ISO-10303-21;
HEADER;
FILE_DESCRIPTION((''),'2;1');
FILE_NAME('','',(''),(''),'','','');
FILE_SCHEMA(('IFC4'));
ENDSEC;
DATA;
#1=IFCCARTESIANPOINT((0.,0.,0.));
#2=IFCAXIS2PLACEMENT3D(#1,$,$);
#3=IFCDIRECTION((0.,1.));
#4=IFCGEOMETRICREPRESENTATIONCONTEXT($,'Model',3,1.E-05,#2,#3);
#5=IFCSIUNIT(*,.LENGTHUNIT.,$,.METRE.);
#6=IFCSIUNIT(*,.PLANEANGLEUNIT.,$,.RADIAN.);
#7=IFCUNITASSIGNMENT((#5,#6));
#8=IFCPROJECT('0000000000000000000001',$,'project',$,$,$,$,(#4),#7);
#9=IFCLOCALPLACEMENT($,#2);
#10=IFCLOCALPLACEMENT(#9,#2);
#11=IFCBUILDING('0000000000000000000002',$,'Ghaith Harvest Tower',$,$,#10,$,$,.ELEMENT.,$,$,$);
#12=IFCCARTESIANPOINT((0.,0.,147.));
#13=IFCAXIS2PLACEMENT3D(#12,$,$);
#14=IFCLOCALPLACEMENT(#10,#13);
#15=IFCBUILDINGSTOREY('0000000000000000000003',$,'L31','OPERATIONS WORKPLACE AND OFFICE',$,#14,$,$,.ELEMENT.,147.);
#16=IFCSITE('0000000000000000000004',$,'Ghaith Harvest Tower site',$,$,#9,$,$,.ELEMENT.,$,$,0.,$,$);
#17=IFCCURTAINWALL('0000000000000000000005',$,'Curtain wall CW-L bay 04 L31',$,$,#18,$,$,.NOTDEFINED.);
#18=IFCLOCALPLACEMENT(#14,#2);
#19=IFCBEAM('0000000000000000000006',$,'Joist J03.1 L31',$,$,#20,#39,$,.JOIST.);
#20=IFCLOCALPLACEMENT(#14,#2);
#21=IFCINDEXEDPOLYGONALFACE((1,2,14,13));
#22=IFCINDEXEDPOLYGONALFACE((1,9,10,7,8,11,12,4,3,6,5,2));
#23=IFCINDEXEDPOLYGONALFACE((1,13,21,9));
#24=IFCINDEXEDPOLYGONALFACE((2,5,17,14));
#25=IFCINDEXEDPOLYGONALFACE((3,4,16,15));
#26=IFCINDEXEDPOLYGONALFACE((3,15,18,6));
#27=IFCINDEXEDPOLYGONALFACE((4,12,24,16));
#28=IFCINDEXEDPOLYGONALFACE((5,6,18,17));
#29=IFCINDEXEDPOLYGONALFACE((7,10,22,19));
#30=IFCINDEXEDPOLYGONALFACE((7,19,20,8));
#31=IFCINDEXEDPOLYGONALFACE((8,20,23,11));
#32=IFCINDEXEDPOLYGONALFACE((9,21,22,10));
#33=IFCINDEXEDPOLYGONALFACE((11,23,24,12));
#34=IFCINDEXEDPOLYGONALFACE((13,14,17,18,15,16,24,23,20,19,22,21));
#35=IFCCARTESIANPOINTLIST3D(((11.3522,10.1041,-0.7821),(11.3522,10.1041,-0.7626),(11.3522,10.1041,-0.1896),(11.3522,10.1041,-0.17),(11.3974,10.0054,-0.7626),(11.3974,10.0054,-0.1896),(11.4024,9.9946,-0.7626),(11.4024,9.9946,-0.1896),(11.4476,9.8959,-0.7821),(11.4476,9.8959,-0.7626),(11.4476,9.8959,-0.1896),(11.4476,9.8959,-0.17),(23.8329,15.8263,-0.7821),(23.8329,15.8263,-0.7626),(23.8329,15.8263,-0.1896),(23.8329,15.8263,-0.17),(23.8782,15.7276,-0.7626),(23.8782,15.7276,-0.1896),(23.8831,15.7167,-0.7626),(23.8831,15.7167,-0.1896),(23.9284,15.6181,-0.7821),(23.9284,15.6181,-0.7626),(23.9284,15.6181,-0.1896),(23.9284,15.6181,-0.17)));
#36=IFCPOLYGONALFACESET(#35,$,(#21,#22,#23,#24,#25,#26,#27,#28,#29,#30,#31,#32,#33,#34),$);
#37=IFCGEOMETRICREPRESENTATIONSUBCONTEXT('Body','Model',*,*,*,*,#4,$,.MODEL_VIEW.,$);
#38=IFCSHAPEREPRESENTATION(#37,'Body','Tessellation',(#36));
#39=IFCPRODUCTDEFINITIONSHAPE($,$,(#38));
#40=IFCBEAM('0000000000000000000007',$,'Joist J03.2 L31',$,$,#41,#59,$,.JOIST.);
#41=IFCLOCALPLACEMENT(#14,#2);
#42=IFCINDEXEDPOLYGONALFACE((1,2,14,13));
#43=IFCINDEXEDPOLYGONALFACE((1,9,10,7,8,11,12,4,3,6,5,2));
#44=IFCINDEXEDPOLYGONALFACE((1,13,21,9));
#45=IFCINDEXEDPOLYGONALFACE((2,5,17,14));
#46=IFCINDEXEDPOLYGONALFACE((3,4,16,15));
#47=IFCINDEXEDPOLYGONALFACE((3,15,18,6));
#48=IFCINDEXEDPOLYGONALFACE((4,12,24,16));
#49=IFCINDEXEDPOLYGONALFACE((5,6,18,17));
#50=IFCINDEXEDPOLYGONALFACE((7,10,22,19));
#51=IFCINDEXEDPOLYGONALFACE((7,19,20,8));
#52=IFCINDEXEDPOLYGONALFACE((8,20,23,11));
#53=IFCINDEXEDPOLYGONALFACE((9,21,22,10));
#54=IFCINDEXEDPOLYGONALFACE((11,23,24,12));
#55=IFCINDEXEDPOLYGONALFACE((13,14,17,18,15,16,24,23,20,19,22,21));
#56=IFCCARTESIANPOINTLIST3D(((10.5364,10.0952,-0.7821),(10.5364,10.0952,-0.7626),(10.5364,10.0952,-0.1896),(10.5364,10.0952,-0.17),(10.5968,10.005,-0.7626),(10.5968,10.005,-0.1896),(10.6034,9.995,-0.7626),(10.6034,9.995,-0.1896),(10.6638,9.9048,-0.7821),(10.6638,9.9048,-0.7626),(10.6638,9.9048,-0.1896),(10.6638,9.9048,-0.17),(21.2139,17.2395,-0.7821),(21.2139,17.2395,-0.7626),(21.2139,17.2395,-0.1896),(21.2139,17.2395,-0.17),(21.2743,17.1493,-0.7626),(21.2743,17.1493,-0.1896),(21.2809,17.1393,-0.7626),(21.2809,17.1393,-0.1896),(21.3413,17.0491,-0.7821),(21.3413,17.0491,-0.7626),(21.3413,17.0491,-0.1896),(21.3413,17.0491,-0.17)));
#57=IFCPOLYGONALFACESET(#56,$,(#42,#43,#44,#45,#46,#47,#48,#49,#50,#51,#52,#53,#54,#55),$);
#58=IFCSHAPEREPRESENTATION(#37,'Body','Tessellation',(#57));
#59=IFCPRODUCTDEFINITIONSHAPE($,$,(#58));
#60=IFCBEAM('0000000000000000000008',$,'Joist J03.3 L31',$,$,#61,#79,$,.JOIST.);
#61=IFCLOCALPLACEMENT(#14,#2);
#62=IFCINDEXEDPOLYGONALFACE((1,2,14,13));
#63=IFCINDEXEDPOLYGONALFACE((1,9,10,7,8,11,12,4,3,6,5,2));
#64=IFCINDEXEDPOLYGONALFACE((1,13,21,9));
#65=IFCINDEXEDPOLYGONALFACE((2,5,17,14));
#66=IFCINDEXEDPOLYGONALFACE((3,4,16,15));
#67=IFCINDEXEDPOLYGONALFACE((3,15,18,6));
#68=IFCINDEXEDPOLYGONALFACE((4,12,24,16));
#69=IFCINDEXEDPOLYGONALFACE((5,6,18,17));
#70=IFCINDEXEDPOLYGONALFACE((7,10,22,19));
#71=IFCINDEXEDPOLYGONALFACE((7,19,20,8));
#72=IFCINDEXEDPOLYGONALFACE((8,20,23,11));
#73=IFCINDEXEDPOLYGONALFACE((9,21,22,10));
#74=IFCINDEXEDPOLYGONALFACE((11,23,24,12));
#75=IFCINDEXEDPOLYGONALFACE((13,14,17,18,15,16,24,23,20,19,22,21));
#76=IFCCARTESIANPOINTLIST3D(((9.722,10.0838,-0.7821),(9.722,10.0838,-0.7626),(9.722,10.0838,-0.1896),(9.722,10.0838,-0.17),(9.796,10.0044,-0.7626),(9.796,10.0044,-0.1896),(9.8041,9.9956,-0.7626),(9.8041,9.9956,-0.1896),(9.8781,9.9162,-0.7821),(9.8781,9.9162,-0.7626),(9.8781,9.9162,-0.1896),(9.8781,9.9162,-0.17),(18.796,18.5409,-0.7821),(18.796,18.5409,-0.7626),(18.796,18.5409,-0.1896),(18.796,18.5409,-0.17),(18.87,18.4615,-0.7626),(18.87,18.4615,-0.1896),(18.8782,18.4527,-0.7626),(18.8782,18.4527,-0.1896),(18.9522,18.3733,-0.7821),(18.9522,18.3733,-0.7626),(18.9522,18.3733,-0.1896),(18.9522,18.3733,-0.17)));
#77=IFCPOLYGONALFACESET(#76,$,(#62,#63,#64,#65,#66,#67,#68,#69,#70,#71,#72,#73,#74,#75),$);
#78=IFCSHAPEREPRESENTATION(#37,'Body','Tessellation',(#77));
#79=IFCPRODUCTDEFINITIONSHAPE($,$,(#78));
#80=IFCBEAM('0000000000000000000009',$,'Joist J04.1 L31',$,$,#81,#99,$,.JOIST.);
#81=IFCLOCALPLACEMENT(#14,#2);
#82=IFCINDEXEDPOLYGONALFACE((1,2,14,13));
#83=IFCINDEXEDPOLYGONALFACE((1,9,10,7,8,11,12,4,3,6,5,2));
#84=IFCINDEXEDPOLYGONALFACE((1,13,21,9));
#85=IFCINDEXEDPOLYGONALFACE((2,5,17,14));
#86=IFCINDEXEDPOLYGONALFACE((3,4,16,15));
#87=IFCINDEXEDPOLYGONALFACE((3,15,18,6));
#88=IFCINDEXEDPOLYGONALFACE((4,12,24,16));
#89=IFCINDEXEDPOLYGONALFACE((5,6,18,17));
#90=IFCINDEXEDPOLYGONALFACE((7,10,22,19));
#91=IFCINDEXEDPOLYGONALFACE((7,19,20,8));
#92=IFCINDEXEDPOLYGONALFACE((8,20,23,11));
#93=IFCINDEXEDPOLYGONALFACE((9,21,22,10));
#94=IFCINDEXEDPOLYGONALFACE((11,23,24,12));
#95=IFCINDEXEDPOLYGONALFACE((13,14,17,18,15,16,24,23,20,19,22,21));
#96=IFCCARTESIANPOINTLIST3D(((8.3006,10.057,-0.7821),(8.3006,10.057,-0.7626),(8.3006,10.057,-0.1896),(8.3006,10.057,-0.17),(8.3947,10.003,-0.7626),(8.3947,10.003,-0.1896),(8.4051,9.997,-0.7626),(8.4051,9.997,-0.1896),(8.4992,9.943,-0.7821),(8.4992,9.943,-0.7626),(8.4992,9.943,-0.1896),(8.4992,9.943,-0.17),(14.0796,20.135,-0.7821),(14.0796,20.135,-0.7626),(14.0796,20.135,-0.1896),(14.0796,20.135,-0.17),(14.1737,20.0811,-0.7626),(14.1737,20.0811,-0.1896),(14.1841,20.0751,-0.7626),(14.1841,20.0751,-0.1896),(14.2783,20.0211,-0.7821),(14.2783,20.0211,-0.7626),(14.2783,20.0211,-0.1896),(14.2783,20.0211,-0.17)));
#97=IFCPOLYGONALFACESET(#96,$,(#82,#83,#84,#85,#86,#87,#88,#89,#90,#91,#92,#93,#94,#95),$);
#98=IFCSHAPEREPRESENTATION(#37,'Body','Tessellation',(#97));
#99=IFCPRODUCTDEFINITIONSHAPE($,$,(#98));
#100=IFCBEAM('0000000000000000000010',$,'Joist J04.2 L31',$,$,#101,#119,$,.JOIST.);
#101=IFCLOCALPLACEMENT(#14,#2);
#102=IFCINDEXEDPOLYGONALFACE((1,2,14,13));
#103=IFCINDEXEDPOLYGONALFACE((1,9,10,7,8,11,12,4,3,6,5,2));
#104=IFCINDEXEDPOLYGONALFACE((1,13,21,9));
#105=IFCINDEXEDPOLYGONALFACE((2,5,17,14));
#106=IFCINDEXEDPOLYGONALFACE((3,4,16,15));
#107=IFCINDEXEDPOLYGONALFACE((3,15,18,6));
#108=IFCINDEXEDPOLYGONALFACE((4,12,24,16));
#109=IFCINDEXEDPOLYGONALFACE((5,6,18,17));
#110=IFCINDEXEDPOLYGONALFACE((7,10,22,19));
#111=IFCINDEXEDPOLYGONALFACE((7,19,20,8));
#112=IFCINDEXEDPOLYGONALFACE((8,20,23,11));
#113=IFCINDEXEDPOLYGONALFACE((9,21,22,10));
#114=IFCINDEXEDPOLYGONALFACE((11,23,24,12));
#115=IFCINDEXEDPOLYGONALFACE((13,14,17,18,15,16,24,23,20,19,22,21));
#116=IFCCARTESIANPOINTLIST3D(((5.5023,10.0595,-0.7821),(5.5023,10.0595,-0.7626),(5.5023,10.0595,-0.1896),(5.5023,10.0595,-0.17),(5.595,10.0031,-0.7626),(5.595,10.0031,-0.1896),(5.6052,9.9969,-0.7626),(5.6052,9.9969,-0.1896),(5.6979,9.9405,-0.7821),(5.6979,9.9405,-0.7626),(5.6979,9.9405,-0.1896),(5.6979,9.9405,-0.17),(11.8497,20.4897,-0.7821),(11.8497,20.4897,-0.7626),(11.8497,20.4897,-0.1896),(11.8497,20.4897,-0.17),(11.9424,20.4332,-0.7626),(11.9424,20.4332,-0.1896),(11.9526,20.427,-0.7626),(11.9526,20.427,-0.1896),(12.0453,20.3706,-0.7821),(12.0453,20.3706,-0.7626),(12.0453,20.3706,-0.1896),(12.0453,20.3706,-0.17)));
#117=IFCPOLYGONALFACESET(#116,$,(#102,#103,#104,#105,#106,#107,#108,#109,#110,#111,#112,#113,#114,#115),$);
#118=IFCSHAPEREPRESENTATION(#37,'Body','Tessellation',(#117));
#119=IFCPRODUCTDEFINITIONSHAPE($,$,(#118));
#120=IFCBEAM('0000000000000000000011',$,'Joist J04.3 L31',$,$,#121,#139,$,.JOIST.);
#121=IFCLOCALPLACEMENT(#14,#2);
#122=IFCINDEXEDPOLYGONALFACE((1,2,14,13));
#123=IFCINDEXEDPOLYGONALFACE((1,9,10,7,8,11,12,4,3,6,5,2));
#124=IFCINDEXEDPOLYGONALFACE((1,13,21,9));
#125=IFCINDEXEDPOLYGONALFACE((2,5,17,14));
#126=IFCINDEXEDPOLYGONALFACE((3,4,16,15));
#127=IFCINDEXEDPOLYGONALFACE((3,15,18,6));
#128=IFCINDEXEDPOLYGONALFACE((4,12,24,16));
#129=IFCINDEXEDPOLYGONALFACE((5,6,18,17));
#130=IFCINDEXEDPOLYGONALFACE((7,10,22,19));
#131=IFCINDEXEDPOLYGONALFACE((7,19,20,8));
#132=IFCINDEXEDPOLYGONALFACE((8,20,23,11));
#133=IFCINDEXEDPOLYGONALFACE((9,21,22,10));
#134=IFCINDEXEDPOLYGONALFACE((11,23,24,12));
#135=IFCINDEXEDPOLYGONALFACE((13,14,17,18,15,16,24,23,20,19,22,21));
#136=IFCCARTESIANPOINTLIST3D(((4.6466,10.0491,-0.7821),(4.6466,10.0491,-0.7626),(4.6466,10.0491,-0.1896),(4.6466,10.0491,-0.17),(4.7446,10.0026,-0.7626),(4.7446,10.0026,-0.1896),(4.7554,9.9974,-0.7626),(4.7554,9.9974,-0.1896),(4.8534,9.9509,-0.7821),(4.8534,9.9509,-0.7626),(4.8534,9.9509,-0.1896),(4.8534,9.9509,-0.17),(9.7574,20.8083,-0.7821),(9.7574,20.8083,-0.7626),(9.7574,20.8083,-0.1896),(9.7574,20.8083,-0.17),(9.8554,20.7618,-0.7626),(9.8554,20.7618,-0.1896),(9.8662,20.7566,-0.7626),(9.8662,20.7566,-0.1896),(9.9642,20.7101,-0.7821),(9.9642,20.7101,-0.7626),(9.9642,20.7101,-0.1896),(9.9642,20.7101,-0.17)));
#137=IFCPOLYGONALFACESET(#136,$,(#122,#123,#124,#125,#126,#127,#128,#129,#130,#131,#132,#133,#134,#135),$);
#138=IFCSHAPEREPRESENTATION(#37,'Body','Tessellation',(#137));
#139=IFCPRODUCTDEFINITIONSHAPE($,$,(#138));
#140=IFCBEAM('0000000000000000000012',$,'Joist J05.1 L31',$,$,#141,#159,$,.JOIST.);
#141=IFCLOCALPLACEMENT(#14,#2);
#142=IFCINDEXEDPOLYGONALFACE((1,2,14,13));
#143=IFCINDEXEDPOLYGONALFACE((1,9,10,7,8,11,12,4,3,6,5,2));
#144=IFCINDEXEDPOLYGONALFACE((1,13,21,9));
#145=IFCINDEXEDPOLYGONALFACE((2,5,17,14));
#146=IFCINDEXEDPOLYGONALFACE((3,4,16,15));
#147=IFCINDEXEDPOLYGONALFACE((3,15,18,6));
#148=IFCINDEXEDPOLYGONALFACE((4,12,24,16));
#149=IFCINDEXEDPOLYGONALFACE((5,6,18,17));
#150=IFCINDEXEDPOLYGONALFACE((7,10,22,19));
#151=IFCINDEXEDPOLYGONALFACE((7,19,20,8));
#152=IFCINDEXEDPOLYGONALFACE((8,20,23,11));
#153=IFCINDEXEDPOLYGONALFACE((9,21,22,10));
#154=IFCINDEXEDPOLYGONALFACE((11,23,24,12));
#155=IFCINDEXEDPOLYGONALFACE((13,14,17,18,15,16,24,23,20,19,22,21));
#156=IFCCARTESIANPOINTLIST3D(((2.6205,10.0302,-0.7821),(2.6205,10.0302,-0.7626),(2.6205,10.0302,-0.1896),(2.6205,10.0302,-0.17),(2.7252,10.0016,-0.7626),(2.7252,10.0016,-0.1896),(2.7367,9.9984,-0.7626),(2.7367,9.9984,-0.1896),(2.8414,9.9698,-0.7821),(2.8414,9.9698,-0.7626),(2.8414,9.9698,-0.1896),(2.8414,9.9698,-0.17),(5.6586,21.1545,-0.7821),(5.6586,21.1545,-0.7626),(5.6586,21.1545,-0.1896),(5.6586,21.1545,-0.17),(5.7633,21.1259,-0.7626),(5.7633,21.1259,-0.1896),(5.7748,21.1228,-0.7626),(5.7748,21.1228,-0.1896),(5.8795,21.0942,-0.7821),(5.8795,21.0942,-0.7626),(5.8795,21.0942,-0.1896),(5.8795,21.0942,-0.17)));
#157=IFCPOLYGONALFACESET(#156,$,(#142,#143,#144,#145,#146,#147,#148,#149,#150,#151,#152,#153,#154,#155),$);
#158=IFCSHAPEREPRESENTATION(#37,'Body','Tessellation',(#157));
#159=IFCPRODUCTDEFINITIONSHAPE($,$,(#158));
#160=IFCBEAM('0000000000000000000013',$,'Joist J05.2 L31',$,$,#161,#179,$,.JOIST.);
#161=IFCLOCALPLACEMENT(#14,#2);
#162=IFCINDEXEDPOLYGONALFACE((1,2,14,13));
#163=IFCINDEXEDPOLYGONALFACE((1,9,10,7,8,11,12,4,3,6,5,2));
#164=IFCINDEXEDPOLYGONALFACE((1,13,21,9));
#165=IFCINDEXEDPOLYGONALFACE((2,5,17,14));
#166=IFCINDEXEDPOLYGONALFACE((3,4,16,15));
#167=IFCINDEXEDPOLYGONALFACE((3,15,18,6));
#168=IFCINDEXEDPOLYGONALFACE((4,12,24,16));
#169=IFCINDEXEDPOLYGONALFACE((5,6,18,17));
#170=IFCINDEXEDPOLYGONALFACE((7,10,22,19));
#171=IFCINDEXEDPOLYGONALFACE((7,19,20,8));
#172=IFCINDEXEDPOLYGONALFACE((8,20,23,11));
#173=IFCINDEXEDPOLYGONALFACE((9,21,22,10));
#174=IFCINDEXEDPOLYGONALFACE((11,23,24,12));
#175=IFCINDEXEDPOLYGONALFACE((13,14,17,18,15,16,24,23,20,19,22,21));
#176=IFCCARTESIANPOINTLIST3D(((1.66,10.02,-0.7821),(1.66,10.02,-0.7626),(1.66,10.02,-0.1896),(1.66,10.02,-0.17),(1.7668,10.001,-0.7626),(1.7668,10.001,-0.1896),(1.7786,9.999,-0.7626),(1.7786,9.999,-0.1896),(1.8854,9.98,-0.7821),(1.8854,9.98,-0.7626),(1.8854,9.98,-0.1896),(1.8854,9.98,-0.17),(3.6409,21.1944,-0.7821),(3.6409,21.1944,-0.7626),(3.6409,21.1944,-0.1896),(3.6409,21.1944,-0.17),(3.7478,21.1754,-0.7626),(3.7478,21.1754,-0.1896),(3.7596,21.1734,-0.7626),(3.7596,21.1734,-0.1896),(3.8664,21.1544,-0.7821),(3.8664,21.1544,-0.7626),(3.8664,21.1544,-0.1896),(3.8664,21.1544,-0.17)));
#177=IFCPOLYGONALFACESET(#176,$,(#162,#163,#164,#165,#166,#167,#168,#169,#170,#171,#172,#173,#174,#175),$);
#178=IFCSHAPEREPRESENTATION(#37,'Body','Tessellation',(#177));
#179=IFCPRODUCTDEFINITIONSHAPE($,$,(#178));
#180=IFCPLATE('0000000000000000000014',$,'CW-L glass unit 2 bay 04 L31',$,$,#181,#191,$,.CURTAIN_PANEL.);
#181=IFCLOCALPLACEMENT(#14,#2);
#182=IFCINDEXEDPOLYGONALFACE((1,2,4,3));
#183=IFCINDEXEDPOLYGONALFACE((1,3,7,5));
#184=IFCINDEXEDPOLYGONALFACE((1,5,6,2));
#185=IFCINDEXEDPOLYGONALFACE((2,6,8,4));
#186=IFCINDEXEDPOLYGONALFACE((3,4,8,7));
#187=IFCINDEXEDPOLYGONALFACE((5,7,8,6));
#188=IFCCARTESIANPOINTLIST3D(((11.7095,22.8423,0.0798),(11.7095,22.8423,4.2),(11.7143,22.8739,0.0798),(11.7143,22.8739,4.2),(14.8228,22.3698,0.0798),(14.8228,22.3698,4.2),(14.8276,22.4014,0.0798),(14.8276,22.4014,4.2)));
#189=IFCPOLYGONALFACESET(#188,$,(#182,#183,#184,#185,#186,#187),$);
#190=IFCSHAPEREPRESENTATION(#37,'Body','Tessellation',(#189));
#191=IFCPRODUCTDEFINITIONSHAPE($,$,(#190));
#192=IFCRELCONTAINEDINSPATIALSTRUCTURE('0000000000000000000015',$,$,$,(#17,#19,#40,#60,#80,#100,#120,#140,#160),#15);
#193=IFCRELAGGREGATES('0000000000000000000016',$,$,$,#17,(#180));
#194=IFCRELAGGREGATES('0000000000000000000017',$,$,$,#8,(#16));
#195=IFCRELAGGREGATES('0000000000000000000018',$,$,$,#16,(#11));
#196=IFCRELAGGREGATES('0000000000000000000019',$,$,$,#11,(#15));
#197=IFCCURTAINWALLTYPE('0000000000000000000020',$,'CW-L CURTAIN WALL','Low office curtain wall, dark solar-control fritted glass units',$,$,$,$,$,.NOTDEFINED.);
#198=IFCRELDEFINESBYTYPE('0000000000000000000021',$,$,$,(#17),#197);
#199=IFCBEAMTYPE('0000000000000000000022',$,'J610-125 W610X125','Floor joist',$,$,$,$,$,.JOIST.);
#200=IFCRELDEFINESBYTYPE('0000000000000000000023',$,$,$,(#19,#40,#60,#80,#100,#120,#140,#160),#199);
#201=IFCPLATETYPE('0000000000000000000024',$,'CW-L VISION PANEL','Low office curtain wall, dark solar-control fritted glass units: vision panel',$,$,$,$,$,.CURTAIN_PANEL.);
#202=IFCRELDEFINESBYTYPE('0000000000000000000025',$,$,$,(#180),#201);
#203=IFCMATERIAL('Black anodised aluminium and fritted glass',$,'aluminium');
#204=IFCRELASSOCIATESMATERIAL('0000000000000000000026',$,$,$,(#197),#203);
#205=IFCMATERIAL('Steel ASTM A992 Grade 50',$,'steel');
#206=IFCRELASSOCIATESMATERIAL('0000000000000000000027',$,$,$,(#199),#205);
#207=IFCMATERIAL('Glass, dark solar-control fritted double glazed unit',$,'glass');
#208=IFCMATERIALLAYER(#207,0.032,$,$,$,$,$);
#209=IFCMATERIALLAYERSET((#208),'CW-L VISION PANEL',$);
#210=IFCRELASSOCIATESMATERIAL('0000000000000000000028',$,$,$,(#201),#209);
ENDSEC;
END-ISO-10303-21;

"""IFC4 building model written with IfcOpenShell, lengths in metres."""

from ifc_helpers import new_model, si_unit, direction, frame, origin, origin_2d, place, context, subcontext, project, spatial, rectangle, i_section, extrude, material, layer, layer_set, material_profile, profile_set, type_object, element, aggregate, save


model = new_model("IFC4")

# Units and contexts
model_context = context("Model", 3, precision=1e-05, world=origin(), true_north=direction((0.0, 1.0)))
body_context = subcontext(model_context, "Body", "Model", "MODEL_VIEW")
ifc_project = project(units=[si_unit("LENGTHUNIT", "METRE"), si_unit("PLANEANGLEUNIT", "RADIAN")], contexts=[model_context])

# Site, building, storey
site_placement = place(None, origin())
site = spatial("IfcSite", under=ifc_project, at=site_placement, Name="Ghaith Harvest Tower site", CompositionType="ELEMENT", RefElevation=0.0)
building_placement = place(site_placement, origin())
building = spatial("IfcBuilding", under=site, at=building_placement, Name="Ghaith Harvest Tower", CompositionType="ELEMENT")
storey_placement = place(building_placement, frame((0.0, 0.0, 147.0)))
storey = spatial("IfcBuildingStorey", under=building, at=storey_placement, Name="L31", Description="OPERATIONS WORKPLACE AND OFFICE", CompositionType="ELEMENT", Elevation=147.0)

# Curtain wall
ifc_material_1 = material(Name="Black anodised aluminium and fritted glass", Category="aluminium")
curtain_wall_type = type_object("IfcCurtainWallType", Name="CW-L CURTAIN WALL", Description="Low office curtain wall, dark solar-control fritted glass units", PredefinedType="NOTDEFINED", material=ifc_material_1)
curtain_wall_1_placement = place(storey_placement, origin())
curtain_wall_1 = element("IfcCurtainWall", 1, at=curtain_wall_1_placement, inside=storey, type_object=curtain_wall_type, Name="Curtain wall CW-L bay 04 L31", PredefinedType="NOTDEFINED")

# Beams
ifc_material_2 = material(Name="Steel ASTM A992 Grade 50", Category="steel")
ifc_material_profile_1 = material_profile(ifc_material_2, i_section(OverallWidth=0.229, OverallDepth=0.6121, WebThickness=0.012, FlangeThickness=0.0195, at=origin_2d()), Name="W610X125")
ifc_profile_set_1 = profile_set([ifc_material_profile_1], Name="Steel ASTM A992 Grade 50")
beam_type_1 = type_object("IfcBeamType", Name="J610-125 W610X125", Description="Floor joist", PredefinedType="JOIST", material=ifc_profile_set_1)
beam_1_placement = place(storey_placement, frame((11.3999, 10.0, -0.4761), z_axis=(0.909014, 0.416766, 0.0), x_axis=(-0.416766, 0.909014, 0.0)))
element("IfcBeam", 2, at=beam_1_placement, inside=storey, type_object=beam_type_1, Name="Joist J03.1 L31", PredefinedType="JOIST", context=body_context, shape_type="SweptSolid", body=[
    extrude(i_section(OverallWidth=0.229, OverallDepth=0.6121, WebThickness=0.012, FlangeThickness=0.0195, at=origin_2d()), origin(), (0.0, 0.0, 1.0), 13.73),
])
beam_2_placement = place(storey_placement, frame((10.6001, 10.0, -0.4761), z_axis=(0.831116, 0.556098, 0.0), x_axis=(-0.556098, 0.831116, 0.0)))
element("IfcBeam", 3, at=beam_2_placement, inside=storey, type_object=beam_type_1, Name="Joist J03.2 L31", PredefinedType="JOIST", context=body_context, shape_type="SweptSolid", body=[
    extrude(i_section(OverallWidth=0.229, OverallDepth=0.6121, WebThickness=0.012, FlangeThickness=0.0195, at=origin_2d()), origin(), (0.0, 0.0, 1.0), 12.8472),
])
beam_3_placement = place(storey_placement, frame((9.8, 10.0, -0.4761), z_axis=(0.731538, 0.681801, 0.0), x_axis=(-0.681801, 0.731538, 0.0)))
element("IfcBeam", 4, at=beam_3_placement, inside=storey, type_object=beam_type_1, Name="Joist J03.3 L31", PredefinedType="JOIST", context=body_context, shape_type="SweptSolid", body=[
    extrude(i_section(OverallWidth=0.229, OverallDepth=0.6121, WebThickness=0.012, FlangeThickness=0.0195, at=origin_2d()), origin(), (0.0, 0.0, 1.0), 12.4041),
])
beam_4_placement = place(storey_placement, frame((8.3999, 10.0, -0.4761), z_axis=(0.497444, 0.867496, 0.0), x_axis=(-0.867496, 0.497444, 0.0)))
element("IfcBeam", 5, at=beam_4_placement, inside=storey, type_object=beam_type_1, Name="Joist J04.1 L31", PredefinedType="JOIST", context=body_context, shape_type="SweptSolid", body=[
    extrude(i_section(OverallWidth=0.229, OverallDepth=0.6121, WebThickness=0.012, FlangeThickness=0.0195, at=origin_2d()), origin(), (0.0, 0.0, 1.0), 11.6174),
])
beam_5_placement = place(storey_placement, frame((5.6001, 10.0, -0.4761), z_axis=(0.519864, 0.854249, 0.0), x_axis=(-0.854249, 0.519864, 0.0)))
element("IfcBeam", 6, at=beam_5_placement, inside=storey, type_object=beam_type_1, Name="Joist J04.2 L31", PredefinedType="JOIST", context=body_context, shape_type="SweptSolid", body=[
    extrude(i_section(OverallWidth=0.229, OverallDepth=0.6121, WebThickness=0.012, FlangeThickness=0.0195, at=origin_2d()), origin(), (0.0, 0.0, 1.0), 12.2097),
])
beam_6_placement = place(storey_placement, frame((4.75, 10.0, -0.4761), z_axis=(0.429069, 0.903272, 0.0), x_axis=(-0.903272, 0.429069, 0.0)))
element("IfcBeam", 7, at=beam_6_placement, inside=storey, type_object=beam_type_1, Name="Joist J04.3 L31", PredefinedType="JOIST", context=body_context, shape_type="SweptSolid", body=[
    extrude(i_section(OverallWidth=0.229, OverallDepth=0.6121, WebThickness=0.012, FlangeThickness=0.0195, at=origin_2d()), origin(), (0.0, 0.0, 1.0), 11.9114),
])
beam_7_placement = place(storey_placement, frame((2.731, 10.0, -0.4761), z_axis=(0.263456, 0.964671, 0.0), x_axis=(-0.964671, 0.263456, 0.0)))
element("IfcBeam", 8, at=beam_7_placement, inside=storey, type_object=beam_type_1, Name="Joist J05.1 L31", PredefinedType="JOIST", context=body_context, shape_type="SweptSolid", body=[
    extrude(i_section(OverallWidth=0.229, OverallDepth=0.6121, WebThickness=0.012, FlangeThickness=0.0195, at=origin_2d()), origin(), (0.0, 0.0, 1.0), 11.5317),
])
beam_8_placement = place(storey_placement, frame((1.7727, 10.0, -0.4761), z_axis=(0.174556, 0.984647, 0.0), x_axis=(-0.984647, 0.174556, 0.0)))
element("IfcBeam", 9, at=beam_8_placement, inside=storey, type_object=beam_type_1, Name="Joist J05.2 L31", PredefinedType="JOIST", context=body_context, shape_type="SweptSolid", body=[
    extrude(i_section(OverallWidth=0.229, OverallDepth=0.6121, WebThickness=0.012, FlangeThickness=0.0195, at=origin_2d()), origin(), (0.0, 0.0, 1.0), 11.3486),
])

# Plate
ifc_material_3 = material(Name="Glass, dark solar-control fritted double glazed unit", Category="glass")
ifc_layer_1 = layer(ifc_material_3, 0.032)
ifc_layer_set_1 = layer_set([ifc_layer_1], Name="CW-L VISION PANEL")
plate_type = type_object("IfcPlateType", Name="CW-L VISION PANEL", Description="Low office curtain wall, dark solar-control fritted glass units: vision panel", PredefinedType="CURTAIN_PANEL", material=ifc_layer_set_1)
plate_1_placement = place(storey_placement, frame((13.2686, 22.6218, 0.0798), z_axis=(0.0, 0.0, 1.0), x_axis=(-0.988679, 0.150048, 0.0)))
plate_1 = element("IfcPlate", 10, at=plate_1_placement, type_object=plate_type, Name="CW-L glass unit 2 bay 04 L31", PredefinedType="CURTAIN_PANEL", context=body_context, shape_type="SweptSolid", body=[
    extrude(rectangle(XDim=3.1489, YDim=0.032, at=origin_2d()), origin(), (0.0, 0.0, 1.0), 4.1201),
])
aggregate(curtain_wall_1, [plate_1])

save(model, "model.ifc")
